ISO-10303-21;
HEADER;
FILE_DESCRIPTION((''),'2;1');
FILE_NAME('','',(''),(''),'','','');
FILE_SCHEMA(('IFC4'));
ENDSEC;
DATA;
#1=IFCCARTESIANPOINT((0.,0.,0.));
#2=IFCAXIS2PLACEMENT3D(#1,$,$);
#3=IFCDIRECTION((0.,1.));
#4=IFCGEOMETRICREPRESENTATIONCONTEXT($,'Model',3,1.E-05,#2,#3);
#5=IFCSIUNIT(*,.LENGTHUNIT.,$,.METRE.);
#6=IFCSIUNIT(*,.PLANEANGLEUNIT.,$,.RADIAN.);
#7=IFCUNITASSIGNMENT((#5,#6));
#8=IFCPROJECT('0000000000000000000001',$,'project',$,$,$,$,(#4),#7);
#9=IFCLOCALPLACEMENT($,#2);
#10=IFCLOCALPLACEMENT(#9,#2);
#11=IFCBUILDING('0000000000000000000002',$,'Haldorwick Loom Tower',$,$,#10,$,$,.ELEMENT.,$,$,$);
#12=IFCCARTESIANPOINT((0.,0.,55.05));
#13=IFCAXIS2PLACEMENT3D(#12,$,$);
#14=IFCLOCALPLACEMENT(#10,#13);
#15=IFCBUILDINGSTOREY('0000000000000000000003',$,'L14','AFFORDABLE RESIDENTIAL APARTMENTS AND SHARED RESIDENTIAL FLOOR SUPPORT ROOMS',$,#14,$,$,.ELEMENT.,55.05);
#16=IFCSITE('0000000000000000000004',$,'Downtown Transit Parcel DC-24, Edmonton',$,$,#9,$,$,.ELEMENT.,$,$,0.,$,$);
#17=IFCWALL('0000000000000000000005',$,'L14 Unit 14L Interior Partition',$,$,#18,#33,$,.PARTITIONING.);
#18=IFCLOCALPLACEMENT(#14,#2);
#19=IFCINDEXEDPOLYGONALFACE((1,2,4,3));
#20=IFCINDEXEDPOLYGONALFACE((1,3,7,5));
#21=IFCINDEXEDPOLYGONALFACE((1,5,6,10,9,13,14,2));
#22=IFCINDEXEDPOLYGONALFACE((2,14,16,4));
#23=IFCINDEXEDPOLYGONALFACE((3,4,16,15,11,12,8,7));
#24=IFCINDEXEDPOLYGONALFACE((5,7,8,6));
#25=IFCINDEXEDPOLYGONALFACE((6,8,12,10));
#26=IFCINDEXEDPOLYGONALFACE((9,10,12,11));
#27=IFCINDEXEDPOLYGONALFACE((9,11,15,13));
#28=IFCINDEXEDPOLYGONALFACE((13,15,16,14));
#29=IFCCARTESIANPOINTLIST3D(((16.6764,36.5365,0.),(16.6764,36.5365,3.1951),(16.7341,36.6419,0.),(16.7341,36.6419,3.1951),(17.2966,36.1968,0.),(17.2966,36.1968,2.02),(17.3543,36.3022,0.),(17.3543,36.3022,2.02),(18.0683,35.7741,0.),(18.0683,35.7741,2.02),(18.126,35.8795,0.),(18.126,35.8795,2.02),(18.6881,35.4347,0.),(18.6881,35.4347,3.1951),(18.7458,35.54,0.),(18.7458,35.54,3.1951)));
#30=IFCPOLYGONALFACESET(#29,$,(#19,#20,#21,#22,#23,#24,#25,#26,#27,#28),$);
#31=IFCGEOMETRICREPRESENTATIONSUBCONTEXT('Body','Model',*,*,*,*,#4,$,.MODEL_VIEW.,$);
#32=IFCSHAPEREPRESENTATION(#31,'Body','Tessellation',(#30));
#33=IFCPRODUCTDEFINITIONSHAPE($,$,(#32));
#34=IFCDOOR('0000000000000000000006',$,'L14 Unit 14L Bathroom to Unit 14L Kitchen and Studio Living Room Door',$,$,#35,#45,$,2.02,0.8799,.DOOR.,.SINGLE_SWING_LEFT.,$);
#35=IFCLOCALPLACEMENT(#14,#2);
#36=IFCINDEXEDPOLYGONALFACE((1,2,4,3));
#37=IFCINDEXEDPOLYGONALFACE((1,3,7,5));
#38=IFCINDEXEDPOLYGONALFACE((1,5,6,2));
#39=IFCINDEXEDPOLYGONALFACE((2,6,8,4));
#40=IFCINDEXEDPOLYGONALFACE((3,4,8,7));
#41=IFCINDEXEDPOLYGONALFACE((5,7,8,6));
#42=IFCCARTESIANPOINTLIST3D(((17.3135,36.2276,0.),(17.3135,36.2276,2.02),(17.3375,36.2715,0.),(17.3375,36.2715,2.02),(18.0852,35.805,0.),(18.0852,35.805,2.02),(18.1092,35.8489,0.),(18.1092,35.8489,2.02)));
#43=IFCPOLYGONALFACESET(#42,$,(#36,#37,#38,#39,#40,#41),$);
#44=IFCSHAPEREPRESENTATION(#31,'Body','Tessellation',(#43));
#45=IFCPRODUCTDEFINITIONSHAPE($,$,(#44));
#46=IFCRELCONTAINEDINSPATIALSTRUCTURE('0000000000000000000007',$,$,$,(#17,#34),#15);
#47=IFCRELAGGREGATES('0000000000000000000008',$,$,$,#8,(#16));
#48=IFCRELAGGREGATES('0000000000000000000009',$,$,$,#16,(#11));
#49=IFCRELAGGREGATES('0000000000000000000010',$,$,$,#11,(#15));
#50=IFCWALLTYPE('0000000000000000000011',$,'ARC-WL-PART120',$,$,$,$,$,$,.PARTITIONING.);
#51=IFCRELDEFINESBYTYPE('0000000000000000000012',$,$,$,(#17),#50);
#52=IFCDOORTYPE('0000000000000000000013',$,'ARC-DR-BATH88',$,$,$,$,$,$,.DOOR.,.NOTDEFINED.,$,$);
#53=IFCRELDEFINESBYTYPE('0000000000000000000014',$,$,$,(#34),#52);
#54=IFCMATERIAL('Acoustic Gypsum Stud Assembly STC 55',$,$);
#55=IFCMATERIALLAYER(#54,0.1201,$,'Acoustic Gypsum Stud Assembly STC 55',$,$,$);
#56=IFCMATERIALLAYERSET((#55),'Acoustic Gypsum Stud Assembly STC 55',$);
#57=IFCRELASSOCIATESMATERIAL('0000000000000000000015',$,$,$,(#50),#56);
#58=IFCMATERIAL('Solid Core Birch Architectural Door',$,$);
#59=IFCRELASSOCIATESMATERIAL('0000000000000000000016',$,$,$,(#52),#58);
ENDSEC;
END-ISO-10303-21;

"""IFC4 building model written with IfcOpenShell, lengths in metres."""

from ifc_helpers import new_model, si_unit, direction, frame, frame_2d, origin, place, context, subcontext, project, spatial, rectangle, extrude, material, layer, layer_set, type_object, element, fill, save


model = new_model("IFC4")

# Units and contexts
model_context = context("Model", 3, precision=1e-05, world=origin(), true_north=direction((0.0, 1.0)))
body_context = subcontext(model_context, "Body", "Model", "MODEL_VIEW")
ifc_project = project(units=[si_unit("LENGTHUNIT", "METRE"), si_unit("PLANEANGLEUNIT", "RADIAN")], contexts=[model_context])

# Site, building, storey
site_placement = place(None, origin())
site = spatial("IfcSite", under=ifc_project, at=site_placement, Name="Downtown Transit Parcel DC-24, Edmonton", CompositionType="ELEMENT", RefElevation=0.0)
building_placement = place(site_placement, origin())
building = spatial("IfcBuilding", under=site, at=building_placement, Name="Haldorwick Loom Tower", CompositionType="ELEMENT")
storey_placement = place(building_placement, frame((0.0, 0.0, 55.05)))
storey = spatial("IfcBuildingStorey", under=building, at=storey_placement, Name="L14", Description="AFFORDABLE RESIDENTIAL APARTMENTS AND SHARED RESIDENTIAL FLOOR SUPPORT ROOMS", CompositionType="ELEMENT", Elevation=55.05)

# Shared definitions
ifc_material_1 = material(Name="Solid Core Birch Architectural Door")

# Shared definitions
ifc_material_2 = material(Name="Acoustic Gypsum Stud Assembly STC 55")
ifc_layer_1 = layer(ifc_material_2, 0.1201, Name="Acoustic Gypsum Stud Assembly STC 55")
ifc_layer_set_1 = layer_set([ifc_layer_1], Name="Acoustic Gypsum Stud Assembly STC 55")
wall_type_1 = type_object("IfcWallType", Name="ARC-WL-PART120", PredefinedType="PARTITIONING", material=ifc_layer_set_1)

# Wall, opening, door
wall_1_placement = place(storey_placement, frame((18.717, 35.4873, 0.0), z_axis=(0.0, 0.0, 1.0), x_axis=(-0.877069, 0.480365, 0.0)))
wall_1 = element("IfcWall", 1, at=wall_1_placement, inside=storey, type_object=wall_type_1, Name="L14 Unit 14L Interior Partition", PredefinedType="PARTITIONING", context=body_context, shape_type="SweptSolid", body=[
    extrude(rectangle(XDim=2.2937, YDim=0.1201, at=frame_2d((1.147, 0.0))), origin(), (0.0, 0.0, 1.0), 3.1951),
])
opening_1_placement = place(wall_1_placement, frame((0.7068, 0.0, 0.0)))
opening_1 = element("IfcOpeningElement", 2, at=opening_1_placement, cuts=wall_1, PredefinedType="OPENING", context=body_context, shape_type="SweptSolid", body=[
    extrude(rectangle(XDim=0.8799, YDim=2.02, at=frame_2d((0.4399, 1.01))), frame((0.0, 0.0701, 0.0), z_axis=(0.0, -1.0, 0.0), x_axis=(1.0, 0.0, 0.0)), (0.0, 0.0, 1.0), 0.1401),
])
door_type_1 = type_object("IfcDoorType", Name="ARC-DR-BATH88", OperationType="NOTDEFINED", PredefinedType="DOOR", material=ifc_material_1)
door_1_placement = place(opening_1_placement, origin())
door_1 = element("IfcDoor", 3, at=door_1_placement, inside=storey, type_object=door_type_1, Name="L14 Unit 14L Bathroom to Unit 14L Kitchen and Studio Living Room Door", OperationType="SINGLE_SWING_LEFT", OverallHeight=2.02, OverallWidth=0.8799, PredefinedType="DOOR", context=body_context, shape_type="SweptSolid", body=[
    extrude(rectangle(XDim=0.8799, YDim=2.02, at=frame_2d((0.4399, 1.01))), frame((0.0, 0.0249, 0.0), z_axis=(0.0, -1.0, 0.0), x_axis=(1.0, 0.0, 0.0)), (0.0, 0.0, 1.0), 0.05),
])
fill(opening_1, door_1)

save(model, "model.ifc")
